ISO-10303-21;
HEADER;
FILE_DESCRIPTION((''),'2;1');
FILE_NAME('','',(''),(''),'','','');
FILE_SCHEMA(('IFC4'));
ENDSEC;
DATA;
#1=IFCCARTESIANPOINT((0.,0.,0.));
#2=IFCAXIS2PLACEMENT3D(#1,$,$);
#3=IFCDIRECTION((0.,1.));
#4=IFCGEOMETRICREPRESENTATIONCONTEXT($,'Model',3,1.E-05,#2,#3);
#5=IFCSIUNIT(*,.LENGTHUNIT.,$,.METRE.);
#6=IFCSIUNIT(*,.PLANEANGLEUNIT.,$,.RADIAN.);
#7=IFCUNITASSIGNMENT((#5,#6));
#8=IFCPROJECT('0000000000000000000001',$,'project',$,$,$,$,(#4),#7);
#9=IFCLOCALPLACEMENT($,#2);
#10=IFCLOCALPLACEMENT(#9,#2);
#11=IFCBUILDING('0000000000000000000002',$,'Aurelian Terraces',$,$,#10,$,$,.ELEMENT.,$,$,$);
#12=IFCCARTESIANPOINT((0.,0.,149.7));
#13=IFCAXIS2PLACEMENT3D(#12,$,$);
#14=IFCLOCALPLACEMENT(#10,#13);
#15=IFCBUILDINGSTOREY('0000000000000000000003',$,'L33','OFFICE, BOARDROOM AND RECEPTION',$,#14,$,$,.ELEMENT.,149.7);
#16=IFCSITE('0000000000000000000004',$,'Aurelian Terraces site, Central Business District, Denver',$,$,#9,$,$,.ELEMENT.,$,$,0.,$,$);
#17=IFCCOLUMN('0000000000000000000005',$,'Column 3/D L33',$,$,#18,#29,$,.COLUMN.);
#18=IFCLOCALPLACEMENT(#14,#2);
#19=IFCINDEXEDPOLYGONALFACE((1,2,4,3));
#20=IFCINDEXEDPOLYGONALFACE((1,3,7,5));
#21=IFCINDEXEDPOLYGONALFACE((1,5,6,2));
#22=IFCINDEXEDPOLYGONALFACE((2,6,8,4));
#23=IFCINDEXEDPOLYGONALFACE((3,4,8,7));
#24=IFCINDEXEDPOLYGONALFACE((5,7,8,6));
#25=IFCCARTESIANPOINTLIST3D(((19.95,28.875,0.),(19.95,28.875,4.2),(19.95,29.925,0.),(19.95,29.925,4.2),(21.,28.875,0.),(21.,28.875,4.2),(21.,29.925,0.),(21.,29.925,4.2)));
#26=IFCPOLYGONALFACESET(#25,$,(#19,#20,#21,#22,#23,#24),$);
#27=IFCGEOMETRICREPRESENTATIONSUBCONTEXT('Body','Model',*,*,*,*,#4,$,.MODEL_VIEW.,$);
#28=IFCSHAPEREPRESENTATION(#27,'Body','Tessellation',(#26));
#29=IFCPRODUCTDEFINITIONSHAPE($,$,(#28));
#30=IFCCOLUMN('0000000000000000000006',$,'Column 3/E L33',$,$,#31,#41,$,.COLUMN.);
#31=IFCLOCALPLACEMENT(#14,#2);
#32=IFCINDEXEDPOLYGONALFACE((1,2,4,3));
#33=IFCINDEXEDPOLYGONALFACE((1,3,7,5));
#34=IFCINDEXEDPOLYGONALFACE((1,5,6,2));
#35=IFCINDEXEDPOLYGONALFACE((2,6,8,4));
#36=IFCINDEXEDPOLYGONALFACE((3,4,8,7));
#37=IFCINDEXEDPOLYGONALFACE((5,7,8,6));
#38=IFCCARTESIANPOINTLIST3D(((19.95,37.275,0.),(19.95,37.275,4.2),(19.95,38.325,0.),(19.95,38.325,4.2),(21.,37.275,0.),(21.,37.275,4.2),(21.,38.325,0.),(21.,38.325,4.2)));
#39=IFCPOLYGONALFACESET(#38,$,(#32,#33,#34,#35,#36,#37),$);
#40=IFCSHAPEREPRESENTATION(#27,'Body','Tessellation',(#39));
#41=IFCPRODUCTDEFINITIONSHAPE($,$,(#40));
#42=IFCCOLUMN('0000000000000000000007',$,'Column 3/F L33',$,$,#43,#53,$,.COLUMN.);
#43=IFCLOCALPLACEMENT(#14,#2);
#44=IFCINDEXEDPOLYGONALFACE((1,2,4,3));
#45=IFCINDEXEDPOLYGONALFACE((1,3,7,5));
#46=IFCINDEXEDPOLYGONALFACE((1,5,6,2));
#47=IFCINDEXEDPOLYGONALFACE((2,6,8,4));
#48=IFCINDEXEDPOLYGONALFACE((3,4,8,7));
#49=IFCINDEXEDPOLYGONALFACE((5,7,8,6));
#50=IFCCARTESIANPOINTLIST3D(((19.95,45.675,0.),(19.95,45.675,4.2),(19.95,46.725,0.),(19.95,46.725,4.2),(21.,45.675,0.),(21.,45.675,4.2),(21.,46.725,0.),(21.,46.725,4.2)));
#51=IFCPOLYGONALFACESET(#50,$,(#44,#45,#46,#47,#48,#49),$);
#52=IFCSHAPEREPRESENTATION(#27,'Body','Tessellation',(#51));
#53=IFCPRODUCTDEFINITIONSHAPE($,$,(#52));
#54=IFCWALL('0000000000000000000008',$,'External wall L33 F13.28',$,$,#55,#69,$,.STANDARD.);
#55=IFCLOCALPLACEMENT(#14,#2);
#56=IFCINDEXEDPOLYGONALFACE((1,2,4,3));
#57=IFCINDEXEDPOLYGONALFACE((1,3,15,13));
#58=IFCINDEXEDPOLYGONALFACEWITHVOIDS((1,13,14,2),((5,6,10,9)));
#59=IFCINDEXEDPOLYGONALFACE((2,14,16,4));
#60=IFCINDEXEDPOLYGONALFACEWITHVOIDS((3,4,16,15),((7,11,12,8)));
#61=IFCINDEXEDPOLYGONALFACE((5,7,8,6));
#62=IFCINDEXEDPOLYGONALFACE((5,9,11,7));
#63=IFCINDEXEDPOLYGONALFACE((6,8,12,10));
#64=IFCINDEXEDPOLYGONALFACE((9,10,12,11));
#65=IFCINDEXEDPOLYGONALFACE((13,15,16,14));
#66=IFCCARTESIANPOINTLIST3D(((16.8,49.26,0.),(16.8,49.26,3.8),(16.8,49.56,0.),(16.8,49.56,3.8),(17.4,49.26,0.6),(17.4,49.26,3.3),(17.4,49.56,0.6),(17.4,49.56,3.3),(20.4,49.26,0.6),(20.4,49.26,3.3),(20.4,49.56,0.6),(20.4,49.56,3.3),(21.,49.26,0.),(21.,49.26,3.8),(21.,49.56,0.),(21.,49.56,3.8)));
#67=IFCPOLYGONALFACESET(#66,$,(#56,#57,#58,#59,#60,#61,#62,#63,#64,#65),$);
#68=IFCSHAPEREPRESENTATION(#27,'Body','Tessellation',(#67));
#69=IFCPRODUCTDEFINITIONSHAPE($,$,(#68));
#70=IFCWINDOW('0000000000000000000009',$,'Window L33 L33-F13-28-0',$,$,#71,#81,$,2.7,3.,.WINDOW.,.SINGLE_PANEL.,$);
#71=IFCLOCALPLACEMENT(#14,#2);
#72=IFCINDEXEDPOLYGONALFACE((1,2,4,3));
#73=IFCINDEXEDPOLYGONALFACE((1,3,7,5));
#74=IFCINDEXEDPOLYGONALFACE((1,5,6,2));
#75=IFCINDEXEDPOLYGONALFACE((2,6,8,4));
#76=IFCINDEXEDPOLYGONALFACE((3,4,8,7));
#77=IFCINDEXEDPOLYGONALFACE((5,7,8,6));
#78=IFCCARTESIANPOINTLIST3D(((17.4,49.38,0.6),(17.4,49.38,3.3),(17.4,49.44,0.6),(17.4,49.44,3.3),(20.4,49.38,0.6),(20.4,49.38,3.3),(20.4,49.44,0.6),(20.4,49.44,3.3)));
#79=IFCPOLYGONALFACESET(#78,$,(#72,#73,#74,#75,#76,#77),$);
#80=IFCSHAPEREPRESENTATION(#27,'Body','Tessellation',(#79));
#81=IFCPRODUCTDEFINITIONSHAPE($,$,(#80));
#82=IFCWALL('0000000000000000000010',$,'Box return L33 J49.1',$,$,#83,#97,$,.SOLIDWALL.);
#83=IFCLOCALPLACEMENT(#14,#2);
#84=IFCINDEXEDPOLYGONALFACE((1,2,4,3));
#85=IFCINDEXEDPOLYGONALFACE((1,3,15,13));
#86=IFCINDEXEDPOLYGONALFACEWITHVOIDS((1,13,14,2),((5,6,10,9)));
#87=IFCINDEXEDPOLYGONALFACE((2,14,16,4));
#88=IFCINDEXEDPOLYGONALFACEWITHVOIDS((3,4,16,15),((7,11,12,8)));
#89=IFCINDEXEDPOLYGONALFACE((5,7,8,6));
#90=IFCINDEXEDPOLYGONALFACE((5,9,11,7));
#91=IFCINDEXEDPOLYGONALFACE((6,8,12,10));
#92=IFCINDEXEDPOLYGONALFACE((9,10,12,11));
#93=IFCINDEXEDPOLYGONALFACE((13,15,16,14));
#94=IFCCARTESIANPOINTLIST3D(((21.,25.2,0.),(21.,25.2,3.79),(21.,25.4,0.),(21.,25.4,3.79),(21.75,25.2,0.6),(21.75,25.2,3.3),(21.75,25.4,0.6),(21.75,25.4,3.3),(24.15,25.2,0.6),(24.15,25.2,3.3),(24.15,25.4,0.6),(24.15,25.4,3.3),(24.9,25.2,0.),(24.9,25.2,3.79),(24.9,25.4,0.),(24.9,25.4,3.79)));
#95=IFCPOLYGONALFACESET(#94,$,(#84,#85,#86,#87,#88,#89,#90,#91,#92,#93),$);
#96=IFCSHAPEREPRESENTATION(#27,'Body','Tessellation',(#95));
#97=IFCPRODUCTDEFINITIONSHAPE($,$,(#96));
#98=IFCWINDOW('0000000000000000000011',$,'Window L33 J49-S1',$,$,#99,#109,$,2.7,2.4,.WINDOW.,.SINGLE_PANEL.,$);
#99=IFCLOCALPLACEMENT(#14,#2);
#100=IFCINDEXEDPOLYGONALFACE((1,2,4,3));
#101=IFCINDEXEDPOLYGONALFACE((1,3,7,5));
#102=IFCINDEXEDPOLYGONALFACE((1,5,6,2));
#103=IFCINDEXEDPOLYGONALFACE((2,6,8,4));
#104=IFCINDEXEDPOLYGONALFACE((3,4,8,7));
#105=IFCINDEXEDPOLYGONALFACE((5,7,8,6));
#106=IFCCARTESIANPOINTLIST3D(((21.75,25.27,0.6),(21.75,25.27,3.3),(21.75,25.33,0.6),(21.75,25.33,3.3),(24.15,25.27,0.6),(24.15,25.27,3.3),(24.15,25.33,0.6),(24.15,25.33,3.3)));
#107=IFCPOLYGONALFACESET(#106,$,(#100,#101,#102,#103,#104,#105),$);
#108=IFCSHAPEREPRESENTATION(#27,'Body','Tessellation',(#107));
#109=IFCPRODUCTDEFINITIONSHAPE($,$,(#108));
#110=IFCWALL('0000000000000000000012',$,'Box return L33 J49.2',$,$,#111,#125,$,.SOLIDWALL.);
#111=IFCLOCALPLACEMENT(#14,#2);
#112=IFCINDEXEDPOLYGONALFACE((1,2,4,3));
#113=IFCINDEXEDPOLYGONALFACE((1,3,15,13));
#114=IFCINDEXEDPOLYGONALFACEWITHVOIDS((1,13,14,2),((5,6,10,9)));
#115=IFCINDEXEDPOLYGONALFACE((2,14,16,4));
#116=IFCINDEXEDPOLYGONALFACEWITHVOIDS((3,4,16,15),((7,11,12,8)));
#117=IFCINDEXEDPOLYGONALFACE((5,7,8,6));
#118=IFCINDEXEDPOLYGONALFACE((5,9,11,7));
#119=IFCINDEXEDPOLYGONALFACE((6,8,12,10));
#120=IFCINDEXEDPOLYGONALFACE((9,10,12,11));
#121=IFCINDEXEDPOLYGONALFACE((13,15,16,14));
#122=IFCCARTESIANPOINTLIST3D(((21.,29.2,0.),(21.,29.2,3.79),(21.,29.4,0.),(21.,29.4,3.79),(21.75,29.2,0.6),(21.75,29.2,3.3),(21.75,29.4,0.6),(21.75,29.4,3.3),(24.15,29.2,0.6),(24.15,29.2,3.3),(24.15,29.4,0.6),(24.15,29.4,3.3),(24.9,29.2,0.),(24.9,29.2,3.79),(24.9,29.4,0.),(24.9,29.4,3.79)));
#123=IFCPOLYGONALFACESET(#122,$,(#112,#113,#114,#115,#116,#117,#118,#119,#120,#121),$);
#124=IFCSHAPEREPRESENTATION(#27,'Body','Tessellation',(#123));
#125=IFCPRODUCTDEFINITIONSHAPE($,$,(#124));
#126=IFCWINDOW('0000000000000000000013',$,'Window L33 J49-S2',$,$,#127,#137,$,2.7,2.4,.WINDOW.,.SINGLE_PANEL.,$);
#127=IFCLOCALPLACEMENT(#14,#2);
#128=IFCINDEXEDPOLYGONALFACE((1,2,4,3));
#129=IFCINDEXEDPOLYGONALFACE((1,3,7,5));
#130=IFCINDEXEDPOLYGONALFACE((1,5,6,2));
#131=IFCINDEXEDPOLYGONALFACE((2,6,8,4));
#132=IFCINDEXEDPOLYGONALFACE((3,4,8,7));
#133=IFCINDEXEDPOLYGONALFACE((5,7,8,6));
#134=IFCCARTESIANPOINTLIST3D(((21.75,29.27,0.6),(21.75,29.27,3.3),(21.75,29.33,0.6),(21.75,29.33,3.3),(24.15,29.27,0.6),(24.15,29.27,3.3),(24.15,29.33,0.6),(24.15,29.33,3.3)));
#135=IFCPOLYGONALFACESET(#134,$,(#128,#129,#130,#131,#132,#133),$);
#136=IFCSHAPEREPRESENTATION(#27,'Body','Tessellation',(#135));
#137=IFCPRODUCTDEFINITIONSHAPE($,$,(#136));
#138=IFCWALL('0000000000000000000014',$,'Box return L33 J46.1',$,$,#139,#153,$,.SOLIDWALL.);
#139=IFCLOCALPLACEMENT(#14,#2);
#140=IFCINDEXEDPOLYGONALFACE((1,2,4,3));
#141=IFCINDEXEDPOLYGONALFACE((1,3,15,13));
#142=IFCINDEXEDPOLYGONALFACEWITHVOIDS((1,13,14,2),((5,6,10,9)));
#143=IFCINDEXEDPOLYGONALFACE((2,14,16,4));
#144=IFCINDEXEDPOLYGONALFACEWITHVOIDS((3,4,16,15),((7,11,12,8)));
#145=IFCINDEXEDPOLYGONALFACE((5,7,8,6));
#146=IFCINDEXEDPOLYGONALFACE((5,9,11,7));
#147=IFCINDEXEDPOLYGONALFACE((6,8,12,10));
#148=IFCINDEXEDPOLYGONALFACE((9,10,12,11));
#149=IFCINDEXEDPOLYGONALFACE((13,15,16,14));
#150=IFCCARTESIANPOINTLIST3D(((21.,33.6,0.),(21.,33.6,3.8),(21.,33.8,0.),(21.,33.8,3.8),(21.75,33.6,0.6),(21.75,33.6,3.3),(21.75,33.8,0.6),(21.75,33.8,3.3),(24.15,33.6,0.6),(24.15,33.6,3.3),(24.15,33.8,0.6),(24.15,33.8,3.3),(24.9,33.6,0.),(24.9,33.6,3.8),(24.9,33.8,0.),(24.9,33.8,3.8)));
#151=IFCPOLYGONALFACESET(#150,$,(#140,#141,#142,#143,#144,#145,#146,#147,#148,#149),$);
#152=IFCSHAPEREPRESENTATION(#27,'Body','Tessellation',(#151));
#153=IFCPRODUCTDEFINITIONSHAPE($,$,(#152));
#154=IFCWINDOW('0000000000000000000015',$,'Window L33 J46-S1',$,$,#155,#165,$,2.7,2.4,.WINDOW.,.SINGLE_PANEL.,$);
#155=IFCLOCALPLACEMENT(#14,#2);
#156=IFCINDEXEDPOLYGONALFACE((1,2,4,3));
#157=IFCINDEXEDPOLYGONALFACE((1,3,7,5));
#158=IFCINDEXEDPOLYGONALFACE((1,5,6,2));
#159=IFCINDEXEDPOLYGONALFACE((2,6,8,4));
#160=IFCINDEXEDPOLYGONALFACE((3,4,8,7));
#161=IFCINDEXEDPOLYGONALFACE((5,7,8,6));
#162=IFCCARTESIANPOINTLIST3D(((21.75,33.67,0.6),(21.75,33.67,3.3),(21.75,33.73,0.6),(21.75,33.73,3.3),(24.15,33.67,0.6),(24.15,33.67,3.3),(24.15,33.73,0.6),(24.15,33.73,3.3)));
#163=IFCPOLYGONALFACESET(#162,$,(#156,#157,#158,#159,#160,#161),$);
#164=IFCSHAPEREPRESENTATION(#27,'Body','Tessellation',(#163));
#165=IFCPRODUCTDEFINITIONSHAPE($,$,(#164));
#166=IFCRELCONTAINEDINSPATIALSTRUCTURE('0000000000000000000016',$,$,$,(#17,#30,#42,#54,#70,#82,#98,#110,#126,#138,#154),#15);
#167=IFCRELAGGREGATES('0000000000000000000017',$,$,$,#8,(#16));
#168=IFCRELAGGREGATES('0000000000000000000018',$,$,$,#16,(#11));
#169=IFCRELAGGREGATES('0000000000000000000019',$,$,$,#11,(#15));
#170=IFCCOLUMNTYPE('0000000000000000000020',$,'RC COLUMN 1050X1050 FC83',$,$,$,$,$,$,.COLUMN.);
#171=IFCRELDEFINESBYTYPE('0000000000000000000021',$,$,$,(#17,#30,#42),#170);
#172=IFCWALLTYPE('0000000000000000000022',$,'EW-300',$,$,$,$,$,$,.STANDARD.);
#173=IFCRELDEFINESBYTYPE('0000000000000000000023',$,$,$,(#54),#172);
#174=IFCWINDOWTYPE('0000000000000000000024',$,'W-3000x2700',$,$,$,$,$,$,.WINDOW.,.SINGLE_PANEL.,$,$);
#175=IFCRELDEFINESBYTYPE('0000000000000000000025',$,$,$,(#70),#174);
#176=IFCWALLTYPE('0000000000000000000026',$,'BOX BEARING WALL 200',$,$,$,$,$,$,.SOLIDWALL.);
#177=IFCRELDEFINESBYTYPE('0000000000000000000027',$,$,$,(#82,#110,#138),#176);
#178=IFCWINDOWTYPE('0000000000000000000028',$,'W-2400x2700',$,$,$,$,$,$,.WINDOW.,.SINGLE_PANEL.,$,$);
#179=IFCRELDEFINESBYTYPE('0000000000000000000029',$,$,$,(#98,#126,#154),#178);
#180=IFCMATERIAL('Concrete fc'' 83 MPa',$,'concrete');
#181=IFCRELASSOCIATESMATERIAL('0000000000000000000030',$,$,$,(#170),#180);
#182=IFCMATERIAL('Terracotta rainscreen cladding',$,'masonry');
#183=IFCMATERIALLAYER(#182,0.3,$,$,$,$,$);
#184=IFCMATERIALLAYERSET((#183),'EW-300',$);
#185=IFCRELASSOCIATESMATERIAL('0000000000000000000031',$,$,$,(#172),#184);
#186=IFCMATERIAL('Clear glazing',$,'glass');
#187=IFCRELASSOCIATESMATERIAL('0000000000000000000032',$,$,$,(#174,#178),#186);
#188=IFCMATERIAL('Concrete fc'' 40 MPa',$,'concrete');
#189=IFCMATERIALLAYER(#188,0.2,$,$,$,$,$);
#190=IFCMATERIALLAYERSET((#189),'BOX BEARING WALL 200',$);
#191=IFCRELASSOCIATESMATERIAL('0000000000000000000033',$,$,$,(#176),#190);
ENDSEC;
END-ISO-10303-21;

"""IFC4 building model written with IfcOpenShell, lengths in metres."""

from ifc_helpers import new_model, si_unit, direction, frame, frame_2d, origin, origin_2d, place, context, subcontext, project, spatial, rectangle, extrude, source, transform, mapped, material, layer, layer_set, material_profile, profile_set, type_object, element, fill, save


model = new_model("IFC4")

# Units and contexts
model_context = context("Model", 3, precision=1e-05, world=origin(), true_north=direction((0.0, 1.0)))
body_context = subcontext(model_context, "Body", "Model", "MODEL_VIEW")
ifc_project = project(units=[si_unit("LENGTHUNIT", "METRE"), si_unit("PLANEANGLEUNIT", "RADIAN")], contexts=[model_context])

# Site, building, storey
site_placement = place(None, origin())
site = spatial("IfcSite", under=ifc_project, at=site_placement, Name="Aurelian Terraces site, Central Business District, Denver", CompositionType="ELEMENT", RefElevation=0.0)
building_placement = place(site_placement, origin())
building = spatial("IfcBuilding", under=site, at=building_placement, Name="Aurelian Terraces", CompositionType="ELEMENT")
storey_placement = place(building_placement, frame((0.0, 0.0, 149.7)))
storey = spatial("IfcBuildingStorey", under=building, at=storey_placement, Name="L33", Description="OFFICE, BOARDROOM AND RECEPTION", CompositionType="ELEMENT", Elevation=149.7)

# Columns
ifc_material_1 = material(Name="Concrete fc' 83 MPa", Category="concrete")
ifc_material_profile = material_profile(ifc_material_1, rectangle(XDim=1.05, YDim=1.05, at=origin_2d()))
ifc_profile_set = profile_set([ifc_material_profile], Name="Concrete fc' 83 MPa")
column_type = type_object("IfcColumnType", Name="RC COLUMN 1050X1050 FC83", PredefinedType="COLUMN", material=ifc_profile_set)
shared_shape_1 = source(origin(), body_context, "Body", "SweptSolid", [
    extrude(rectangle(XDim=1.05, YDim=1.05, at=origin_2d()), origin(), (0.0, 0.0, 1.0), 4.2),
])
for number, where, z_axis, x_axis, name in (
    (1, (20.475, 29.4, 0.0), (0.0, 0.0, 1.0), (1.0, 0.0, 0.0), "Column 3/D L33"),
    (2, (20.475, 37.8, 0.0), (0.0, 0.0, 1.0), (1.0, 0.0, 0.0), "Column 3/E L33"),
    (3, (20.475, 46.2, 0.0), (0.0, 0.0, 1.0), (1.0, 0.0, 0.0), "Column 3/F L33"),
):
    element("IfcColumn", number, at=place(storey_placement, frame(where, z_axis=z_axis, x_axis=x_axis)), inside=storey, type_object=column_type, Name=name, PredefinedType="COLUMN", context=body_context, shape_type="MappedRepresentation", body=[
        mapped(shared_shape_1, transform((0.0, 0.0, 0.0), scale=1.0)),
    ])

# Walls, openings, windows
ifc_material_2 = material(Name="Terracotta rainscreen cladding", Category="masonry")
ifc_layer_1 = layer(ifc_material_2, 0.3)
ifc_layer_set_1 = layer_set([ifc_layer_1], Name="EW-300")
wall_type_1 = type_object("IfcWallType", Name="EW-300", PredefinedType="STANDARD", material=ifc_layer_set_1)
shared_shape_2 = source(origin(), body_context, "Body", "SweptSolid", [
    extrude(rectangle(XDim=4.2, YDim=0.3, at=frame_2d((2.1, 0.0))), origin(), (0.0, 0.0, 1.0), 3.8),
])
wall_1_placement = place(storey_placement, frame((21.0, 49.41, 0.0), z_axis=(0.0, 0.0, 1.0), x_axis=(-1.0, 0.0, 0.0)))
wall_1 = element("IfcWall", 4, at=wall_1_placement, inside=storey, type_object=wall_type_1, Name="External wall L33 F13.28", PredefinedType="STANDARD", context=body_context, shape_type="MappedRepresentation", body=[
    mapped(shared_shape_2, transform((0.0, 0.0, 0.0), scale=1.0)),
])
shared_shape_3 = source(origin(), body_context, "Body", "SweptSolid", [
    extrude(rectangle(XDim=3.0, YDim=2.7, at=frame_2d((1.5, 1.35))), frame((0.0, 0.16, 0.0), z_axis=(0.0, -1.0, 0.0), x_axis=(1.0, 0.0, 0.0)), (0.0, 0.0, 1.0), 0.32),
])
opening_1_placement = place(wall_1_placement, frame((0.6, 0.0, 0.6)))
opening_1 = element("IfcOpeningElement", 5, at=opening_1_placement, cuts=wall_1, PredefinedType="OPENING", context=body_context, shape_type="MappedRepresentation", body=[
    mapped(shared_shape_3, transform((0.0, 0.0, 0.0), scale=1.0)),
])
ifc_material_3 = material(Name="Clear glazing", Category="glass")
window_type_1 = type_object("IfcWindowType", Name="W-3000x2700", PartitioningType="SINGLE_PANEL", PredefinedType="WINDOW", material=ifc_material_3)
shared_shape_4 = source(origin(), body_context, "Body", "SweptSolid", [
    extrude(rectangle(XDim=3.0, YDim=2.7, at=frame_2d((1.5, 1.35))), frame((0.0, 0.03, 0.0), z_axis=(0.0, -1.0, 0.0), x_axis=(1.0, 0.0, 0.0)), (0.0, 0.0, 1.0), 0.06),
])
window_1_placement = place(opening_1_placement, origin())
window_1 = element("IfcWindow", 6, at=window_1_placement, inside=storey, type_object=window_type_1, Name="Window L33 L33-F13-28-0", OverallHeight=2.7, OverallWidth=3.0, PartitioningType="SINGLE_PANEL", PredefinedType="WINDOW", context=body_context, shape_type="MappedRepresentation", body=[
    mapped(shared_shape_4, transform((0.0, 0.0, 0.0), scale=1.0)),
])
fill(opening_1, window_1)
ifc_material_4 = material(Name="Concrete fc' 40 MPa", Category="concrete")
ifc_layer_2 = layer(ifc_material_4, 0.2)
ifc_layer_set_2 = layer_set([ifc_layer_2], Name="BOX BEARING WALL 200")
wall_type_2 = type_object("IfcWallType", Name="BOX BEARING WALL 200", PredefinedType="SOLIDWALL", material=ifc_layer_set_2)
shared_shape_5 = source(origin(), body_context, "Body", "SweptSolid", [
    extrude(rectangle(XDim=3.9, YDim=0.2, at=frame_2d((1.95, 0.0))), origin(), (0.0, 0.0, 1.0), 3.79),
])
wall_2_placement = place(storey_placement, frame((21.0, 25.3, 0.0), z_axis=(0.0, 0.0, 1.0), x_axis=(1.0, 0.0, 0.0)))
wall_2 = element("IfcWall", 7, at=wall_2_placement, inside=storey, type_object=wall_type_2, Name="Box return L33 J49.1", PredefinedType="SOLIDWALL", context=body_context, shape_type="MappedRepresentation", body=[
    mapped(shared_shape_5, transform((0.0, 0.0, 0.0), scale=1.0)),
])
shared_shape_6 = source(origin(), body_context, "Body", "SweptSolid", [
    extrude(rectangle(XDim=2.4, YDim=2.7, at=frame_2d((1.2, 1.35))), frame((0.0, 0.11, 0.0), z_axis=(0.0, -1.0, 0.0), x_axis=(1.0, 0.0, 0.0)), (0.0, 0.0, 1.0), 0.22),
])
opening_2_placement = place(wall_2_placement, frame((0.75, 0.0, 0.6)))
opening_2 = element("IfcOpeningElement", 8, at=opening_2_placement, cuts=wall_2, PredefinedType="OPENING", context=body_context, shape_type="MappedRepresentation", body=[
    mapped(shared_shape_6, transform((0.0, 0.0, 0.0), scale=1.0)),
])
window_type_2 = type_object("IfcWindowType", Name="W-2400x2700", PartitioningType="SINGLE_PANEL", PredefinedType="WINDOW", material=ifc_material_3)
shared_shape_7 = source(origin(), body_context, "Body", "SweptSolid", [
    extrude(rectangle(XDim=2.4, YDim=2.7, at=frame_2d((1.2, 1.35))), frame((0.0, 0.03, 0.0), z_axis=(0.0, -1.0, 0.0), x_axis=(1.0, 0.0, 0.0)), (0.0, 0.0, 1.0), 0.06),
])
window_2_placement = place(opening_2_placement, origin())
window_2 = element("IfcWindow", 9, at=window_2_placement, inside=storey, type_object=window_type_2, Name="Window L33 J49-S1", OverallHeight=2.7, OverallWidth=2.4, PartitioningType="SINGLE_PANEL", PredefinedType="WINDOW", context=body_context, shape_type="MappedRepresentation", body=[
    mapped(shared_shape_7, transform((0.0, 0.0, 0.0), scale=1.0)),
])
fill(opening_2, window_2)
wall_3_placement = place(storey_placement, frame((21.0, 29.3, 0.0), z_axis=(0.0, 0.0, 1.0), x_axis=(1.0, 0.0, 0.0)))
wall_3 = element("IfcWall", 10, at=wall_3_placement, inside=storey, type_object=wall_type_2, Name="Box return L33 J49.2", PredefinedType="SOLIDWALL", context=body_context, shape_type="MappedRepresentation", body=[
    mapped(shared_shape_5, transform((0.0, 0.0, 0.0), scale=1.0)),
])
opening_3_placement = place(wall_3_placement, frame((0.75, 0.0, 0.6)))
opening_3 = element("IfcOpeningElement", 11, at=opening_3_placement, cuts=wall_3, PredefinedType="OPENING", context=body_context, shape_type="MappedRepresentation", body=[
    mapped(shared_shape_6, transform((0.0, 0.0, 0.0), scale=1.0)),
])
window_3_placement = place(opening_3_placement, origin())
window_3 = element("IfcWindow", 12, at=window_3_placement, inside=storey, type_object=window_type_2, Name="Window L33 J49-S2", OverallHeight=2.7, OverallWidth=2.4, PartitioningType="SINGLE_PANEL", PredefinedType="WINDOW", context=body_context, shape_type="MappedRepresentation", body=[
    mapped(shared_shape_7, transform((0.0, 0.0, 0.0), scale=1.0)),
])
fill(opening_3, window_3)
shared_shape_8 = source(origin(), body_context, "Body", "SweptSolid", [
    extrude(rectangle(XDim=3.9, YDim=0.2, at=frame_2d((1.95, 0.0))), origin(), (0.0, 0.0, 1.0), 3.8),
])
wall_4_placement = place(storey_placement, frame((21.0, 33.7, 0.0), z_axis=(0.0, 0.0, 1.0), x_axis=(1.0, 0.0, 0.0)))
wall_4 = element("IfcWall", 13, at=wall_4_placement, inside=storey, type_object=wall_type_2, Name="Box return L33 J46.1", PredefinedType="SOLIDWALL", context=body_context, shape_type="MappedRepresentation", body=[
    mapped(shared_shape_8, transform((0.0, 0.0, 0.0), scale=1.0)),
])
opening_4_placement = place(wall_4_placement, frame((0.75, 0.0, 0.6)))
opening_4 = element("IfcOpeningElement", 14, at=opening_4_placement, cuts=wall_4, PredefinedType="OPENING", context=body_context, shape_type="MappedRepresentation", body=[
    mapped(shared_shape_6, transform((0.0, 0.0, 0.0), scale=1.0)),
])
window_4_placement = place(opening_4_placement, origin())
window_4 = element("IfcWindow", 15, at=window_4_placement, inside=storey, type_object=window_type_2, Name="Window L33 J46-S1", OverallHeight=2.7, OverallWidth=2.4, PartitioningType="SINGLE_PANEL", PredefinedType="WINDOW", context=body_context, shape_type="MappedRepresentation", body=[
    mapped(shared_shape_7, transform((0.0, 0.0, 0.0), scale=1.0)),
])
fill(opening_4, window_4)

save(model, "model.ifc")
